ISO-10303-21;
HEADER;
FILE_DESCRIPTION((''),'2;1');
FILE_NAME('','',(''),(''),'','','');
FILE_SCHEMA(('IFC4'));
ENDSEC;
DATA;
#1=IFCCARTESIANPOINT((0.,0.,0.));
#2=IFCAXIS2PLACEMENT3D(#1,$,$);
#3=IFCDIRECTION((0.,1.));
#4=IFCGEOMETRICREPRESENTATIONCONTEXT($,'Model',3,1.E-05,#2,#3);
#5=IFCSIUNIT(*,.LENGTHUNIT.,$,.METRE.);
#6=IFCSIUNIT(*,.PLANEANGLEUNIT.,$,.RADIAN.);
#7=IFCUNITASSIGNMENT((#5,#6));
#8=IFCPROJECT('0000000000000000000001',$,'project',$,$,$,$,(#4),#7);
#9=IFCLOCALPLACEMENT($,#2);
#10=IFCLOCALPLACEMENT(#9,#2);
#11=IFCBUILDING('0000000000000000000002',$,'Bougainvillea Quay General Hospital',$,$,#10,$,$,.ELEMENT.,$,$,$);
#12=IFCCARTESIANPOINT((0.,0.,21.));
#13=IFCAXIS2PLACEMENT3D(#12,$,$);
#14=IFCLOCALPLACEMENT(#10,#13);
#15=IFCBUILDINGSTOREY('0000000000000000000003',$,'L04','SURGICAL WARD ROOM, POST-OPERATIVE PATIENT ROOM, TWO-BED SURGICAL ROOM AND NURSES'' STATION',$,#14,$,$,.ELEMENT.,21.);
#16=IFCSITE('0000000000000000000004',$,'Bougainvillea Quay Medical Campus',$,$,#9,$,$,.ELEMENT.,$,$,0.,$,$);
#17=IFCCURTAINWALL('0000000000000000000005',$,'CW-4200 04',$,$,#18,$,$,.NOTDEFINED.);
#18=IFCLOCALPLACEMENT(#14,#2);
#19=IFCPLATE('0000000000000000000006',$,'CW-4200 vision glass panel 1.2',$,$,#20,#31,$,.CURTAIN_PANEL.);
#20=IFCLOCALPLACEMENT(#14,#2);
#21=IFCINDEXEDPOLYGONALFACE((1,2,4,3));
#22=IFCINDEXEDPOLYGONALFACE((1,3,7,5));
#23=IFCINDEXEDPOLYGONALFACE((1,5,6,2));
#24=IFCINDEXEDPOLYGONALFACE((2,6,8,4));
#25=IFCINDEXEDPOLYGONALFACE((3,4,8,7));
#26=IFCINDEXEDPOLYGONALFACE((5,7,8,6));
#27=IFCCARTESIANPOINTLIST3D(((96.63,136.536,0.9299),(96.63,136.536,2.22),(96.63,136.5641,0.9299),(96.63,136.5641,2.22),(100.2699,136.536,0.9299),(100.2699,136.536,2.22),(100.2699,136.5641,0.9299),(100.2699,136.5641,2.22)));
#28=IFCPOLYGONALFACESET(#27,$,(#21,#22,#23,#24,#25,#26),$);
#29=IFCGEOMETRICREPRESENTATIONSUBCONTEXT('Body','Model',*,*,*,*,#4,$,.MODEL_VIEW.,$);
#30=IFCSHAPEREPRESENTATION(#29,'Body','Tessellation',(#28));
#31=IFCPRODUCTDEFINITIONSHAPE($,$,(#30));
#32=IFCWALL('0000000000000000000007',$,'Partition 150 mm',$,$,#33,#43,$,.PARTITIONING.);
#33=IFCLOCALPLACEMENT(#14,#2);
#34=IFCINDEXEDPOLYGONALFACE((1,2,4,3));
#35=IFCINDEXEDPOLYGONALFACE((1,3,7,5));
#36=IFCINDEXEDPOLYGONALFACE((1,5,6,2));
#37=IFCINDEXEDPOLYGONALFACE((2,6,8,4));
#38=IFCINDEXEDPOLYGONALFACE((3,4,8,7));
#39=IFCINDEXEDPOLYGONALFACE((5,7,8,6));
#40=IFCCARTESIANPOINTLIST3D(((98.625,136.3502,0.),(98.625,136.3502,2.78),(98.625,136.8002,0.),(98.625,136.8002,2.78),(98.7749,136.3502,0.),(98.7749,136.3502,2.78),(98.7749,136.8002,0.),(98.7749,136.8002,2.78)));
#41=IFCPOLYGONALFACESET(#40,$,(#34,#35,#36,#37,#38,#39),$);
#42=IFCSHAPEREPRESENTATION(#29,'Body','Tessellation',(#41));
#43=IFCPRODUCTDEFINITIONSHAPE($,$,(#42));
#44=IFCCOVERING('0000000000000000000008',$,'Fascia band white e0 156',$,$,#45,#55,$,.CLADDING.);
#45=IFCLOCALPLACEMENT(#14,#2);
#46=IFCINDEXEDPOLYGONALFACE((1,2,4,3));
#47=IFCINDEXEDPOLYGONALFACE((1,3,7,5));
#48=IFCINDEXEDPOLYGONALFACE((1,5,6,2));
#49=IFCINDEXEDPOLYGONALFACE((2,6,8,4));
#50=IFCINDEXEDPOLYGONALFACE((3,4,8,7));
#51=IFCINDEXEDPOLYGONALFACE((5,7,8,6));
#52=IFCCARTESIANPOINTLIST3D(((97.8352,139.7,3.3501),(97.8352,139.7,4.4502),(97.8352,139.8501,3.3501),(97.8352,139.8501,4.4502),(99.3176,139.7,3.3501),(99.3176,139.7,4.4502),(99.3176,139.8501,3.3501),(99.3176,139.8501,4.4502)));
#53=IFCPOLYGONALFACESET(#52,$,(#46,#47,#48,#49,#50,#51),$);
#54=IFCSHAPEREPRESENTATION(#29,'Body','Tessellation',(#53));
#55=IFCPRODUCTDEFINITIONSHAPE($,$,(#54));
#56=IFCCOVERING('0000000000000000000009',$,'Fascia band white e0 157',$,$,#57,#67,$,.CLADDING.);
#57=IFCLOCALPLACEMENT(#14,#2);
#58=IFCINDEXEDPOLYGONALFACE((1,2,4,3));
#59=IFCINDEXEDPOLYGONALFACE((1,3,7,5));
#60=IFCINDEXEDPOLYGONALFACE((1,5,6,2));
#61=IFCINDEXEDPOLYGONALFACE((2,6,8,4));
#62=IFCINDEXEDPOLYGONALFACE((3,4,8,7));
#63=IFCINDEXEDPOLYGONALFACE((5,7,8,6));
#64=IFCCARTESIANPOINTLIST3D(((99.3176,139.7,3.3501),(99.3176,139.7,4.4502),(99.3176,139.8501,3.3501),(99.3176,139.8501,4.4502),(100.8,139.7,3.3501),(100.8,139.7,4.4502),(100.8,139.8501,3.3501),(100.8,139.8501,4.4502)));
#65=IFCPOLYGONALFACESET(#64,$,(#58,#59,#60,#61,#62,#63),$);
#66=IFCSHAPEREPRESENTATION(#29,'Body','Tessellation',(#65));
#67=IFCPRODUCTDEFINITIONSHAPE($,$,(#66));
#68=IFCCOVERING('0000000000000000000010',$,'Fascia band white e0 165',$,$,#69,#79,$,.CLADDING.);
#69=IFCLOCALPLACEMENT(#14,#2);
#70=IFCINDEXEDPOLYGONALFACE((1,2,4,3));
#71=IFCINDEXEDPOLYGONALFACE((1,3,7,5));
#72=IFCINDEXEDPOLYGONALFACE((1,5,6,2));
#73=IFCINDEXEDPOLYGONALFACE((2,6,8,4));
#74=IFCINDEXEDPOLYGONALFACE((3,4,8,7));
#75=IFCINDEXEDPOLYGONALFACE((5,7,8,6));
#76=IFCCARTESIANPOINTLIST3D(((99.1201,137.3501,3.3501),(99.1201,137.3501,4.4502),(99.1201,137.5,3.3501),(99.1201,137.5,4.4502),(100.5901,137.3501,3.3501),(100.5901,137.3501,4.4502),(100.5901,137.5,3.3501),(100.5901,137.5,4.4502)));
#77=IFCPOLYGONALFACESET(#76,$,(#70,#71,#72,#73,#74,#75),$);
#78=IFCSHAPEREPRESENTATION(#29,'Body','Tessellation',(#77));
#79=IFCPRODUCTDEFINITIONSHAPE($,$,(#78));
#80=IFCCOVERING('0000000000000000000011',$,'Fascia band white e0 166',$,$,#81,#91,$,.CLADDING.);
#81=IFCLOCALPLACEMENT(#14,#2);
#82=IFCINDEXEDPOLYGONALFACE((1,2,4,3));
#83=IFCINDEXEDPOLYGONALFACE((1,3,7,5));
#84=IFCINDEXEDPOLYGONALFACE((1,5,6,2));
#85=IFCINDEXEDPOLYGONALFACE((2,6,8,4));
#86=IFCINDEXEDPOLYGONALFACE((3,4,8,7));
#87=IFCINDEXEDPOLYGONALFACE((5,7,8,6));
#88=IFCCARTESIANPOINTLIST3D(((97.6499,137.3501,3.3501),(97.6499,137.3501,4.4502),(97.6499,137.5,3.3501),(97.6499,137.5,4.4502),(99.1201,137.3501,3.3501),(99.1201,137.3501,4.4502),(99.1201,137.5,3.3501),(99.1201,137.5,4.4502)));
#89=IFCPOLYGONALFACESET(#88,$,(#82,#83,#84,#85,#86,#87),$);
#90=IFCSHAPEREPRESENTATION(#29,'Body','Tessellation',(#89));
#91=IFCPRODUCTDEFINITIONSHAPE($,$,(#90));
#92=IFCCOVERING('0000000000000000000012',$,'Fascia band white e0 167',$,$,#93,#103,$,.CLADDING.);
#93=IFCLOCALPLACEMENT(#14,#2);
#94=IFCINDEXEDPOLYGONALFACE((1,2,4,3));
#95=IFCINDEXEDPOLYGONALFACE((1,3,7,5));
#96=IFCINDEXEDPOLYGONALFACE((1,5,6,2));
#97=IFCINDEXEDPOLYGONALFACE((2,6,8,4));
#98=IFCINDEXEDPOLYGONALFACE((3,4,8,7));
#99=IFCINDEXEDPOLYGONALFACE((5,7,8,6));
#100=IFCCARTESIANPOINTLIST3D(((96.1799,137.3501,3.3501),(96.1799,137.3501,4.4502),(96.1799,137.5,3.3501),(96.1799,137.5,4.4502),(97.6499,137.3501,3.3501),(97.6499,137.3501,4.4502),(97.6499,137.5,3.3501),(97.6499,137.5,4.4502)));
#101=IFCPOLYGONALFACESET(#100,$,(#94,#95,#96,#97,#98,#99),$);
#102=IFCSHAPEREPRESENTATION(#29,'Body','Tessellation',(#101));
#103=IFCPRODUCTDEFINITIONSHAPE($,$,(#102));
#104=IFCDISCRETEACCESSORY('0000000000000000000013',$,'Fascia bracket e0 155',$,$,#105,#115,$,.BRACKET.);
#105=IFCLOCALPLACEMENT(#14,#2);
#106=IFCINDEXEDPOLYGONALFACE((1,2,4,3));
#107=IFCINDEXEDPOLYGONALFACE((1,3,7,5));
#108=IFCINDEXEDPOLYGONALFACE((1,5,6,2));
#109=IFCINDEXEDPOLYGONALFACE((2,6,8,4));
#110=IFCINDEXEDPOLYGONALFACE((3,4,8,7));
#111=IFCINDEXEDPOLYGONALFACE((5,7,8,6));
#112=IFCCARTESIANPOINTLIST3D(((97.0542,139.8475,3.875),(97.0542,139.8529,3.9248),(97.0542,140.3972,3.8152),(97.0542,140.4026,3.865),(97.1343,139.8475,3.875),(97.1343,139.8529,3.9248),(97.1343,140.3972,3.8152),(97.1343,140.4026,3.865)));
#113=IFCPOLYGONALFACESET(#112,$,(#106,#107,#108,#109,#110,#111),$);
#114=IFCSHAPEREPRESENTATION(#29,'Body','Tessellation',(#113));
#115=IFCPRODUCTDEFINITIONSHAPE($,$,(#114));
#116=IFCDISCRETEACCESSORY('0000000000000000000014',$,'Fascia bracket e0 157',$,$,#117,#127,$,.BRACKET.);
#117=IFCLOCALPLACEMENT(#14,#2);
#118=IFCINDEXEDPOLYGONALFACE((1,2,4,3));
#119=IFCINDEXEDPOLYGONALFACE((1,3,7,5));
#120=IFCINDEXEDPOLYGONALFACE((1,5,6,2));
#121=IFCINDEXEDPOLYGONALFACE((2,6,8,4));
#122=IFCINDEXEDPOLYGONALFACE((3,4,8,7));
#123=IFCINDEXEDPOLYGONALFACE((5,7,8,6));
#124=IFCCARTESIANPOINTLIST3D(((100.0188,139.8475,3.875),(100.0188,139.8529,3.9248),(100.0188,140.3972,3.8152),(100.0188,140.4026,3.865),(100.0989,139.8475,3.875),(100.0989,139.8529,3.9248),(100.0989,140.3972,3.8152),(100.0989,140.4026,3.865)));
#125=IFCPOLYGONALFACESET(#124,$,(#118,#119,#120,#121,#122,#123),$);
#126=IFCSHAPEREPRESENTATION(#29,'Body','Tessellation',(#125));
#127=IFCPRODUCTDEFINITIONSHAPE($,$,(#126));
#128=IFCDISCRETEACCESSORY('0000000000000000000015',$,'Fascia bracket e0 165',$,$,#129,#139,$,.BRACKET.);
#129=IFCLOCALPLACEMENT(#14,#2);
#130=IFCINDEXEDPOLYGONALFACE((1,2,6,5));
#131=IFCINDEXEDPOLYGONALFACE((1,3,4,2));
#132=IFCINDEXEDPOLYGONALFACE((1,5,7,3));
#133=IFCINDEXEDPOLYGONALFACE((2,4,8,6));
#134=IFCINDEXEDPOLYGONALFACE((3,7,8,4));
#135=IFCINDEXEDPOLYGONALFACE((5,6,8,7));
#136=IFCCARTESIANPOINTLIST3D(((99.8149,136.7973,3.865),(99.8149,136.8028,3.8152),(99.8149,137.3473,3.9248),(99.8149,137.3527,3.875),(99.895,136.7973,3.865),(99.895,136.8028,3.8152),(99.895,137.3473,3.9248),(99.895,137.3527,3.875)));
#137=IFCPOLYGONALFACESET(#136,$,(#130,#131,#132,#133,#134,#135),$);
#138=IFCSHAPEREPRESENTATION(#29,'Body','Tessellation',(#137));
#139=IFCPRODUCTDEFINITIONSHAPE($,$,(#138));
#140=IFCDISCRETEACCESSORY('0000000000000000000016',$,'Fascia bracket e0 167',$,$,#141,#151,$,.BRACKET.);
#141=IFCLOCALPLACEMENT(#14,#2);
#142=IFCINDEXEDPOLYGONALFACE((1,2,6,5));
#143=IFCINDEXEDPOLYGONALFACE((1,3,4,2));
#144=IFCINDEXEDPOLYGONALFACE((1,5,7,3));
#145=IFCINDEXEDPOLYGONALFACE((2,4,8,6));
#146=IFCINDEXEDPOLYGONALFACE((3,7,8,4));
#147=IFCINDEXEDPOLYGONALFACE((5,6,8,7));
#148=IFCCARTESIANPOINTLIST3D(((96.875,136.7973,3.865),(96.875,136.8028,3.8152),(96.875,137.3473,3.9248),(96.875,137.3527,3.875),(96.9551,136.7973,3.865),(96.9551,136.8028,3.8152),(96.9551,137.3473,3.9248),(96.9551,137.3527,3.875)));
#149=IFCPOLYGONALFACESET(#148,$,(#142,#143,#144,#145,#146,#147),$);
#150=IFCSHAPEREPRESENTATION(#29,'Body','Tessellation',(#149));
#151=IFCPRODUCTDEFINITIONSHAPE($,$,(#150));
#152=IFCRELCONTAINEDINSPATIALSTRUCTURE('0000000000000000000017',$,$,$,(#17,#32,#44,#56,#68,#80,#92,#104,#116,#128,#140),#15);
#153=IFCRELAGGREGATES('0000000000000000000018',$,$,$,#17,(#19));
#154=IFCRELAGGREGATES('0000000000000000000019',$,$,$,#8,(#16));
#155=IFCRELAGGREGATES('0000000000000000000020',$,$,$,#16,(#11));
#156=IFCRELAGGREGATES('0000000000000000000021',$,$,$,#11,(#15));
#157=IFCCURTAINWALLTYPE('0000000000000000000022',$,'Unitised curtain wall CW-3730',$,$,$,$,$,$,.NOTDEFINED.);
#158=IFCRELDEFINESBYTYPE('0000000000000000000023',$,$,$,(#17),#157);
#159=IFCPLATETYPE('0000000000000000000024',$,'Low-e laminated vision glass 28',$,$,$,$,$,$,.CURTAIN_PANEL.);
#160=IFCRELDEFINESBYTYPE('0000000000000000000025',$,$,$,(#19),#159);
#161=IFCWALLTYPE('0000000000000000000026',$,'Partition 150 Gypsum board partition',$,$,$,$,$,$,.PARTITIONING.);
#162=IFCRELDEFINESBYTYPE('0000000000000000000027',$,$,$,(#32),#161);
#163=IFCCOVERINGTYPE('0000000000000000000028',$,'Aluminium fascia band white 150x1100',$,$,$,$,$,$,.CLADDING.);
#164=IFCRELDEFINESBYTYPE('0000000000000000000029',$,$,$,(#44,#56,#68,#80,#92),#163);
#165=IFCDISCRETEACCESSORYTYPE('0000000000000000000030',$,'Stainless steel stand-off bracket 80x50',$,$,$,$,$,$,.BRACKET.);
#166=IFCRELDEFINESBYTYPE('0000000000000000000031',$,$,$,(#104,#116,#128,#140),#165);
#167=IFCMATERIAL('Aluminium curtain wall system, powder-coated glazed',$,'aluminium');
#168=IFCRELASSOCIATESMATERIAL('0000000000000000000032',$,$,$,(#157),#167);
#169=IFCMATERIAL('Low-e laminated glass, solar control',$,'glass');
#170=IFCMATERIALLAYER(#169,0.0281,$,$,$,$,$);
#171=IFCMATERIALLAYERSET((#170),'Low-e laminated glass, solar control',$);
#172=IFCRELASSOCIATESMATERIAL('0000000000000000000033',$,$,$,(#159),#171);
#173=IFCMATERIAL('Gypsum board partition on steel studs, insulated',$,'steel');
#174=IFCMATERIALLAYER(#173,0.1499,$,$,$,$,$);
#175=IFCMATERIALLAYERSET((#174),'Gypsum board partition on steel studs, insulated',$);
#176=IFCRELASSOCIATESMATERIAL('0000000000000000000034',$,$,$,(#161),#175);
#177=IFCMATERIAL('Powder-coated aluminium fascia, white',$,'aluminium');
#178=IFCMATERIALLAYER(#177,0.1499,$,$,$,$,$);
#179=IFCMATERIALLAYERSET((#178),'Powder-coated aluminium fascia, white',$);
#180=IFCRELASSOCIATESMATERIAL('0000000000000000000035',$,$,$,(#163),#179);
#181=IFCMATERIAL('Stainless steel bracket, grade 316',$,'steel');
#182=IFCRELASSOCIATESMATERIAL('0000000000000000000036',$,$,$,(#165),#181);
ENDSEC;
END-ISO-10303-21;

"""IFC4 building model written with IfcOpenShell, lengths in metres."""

from ifc_helpers import new_model, si_unit, direction, frame, frame_2d, origin, origin_2d, place, context, subcontext, project, spatial, polyline, rectangle, outline, extrude, material, layer, layer_set, material_profile, profile_set, type_object, element, aggregate, save


model = new_model("IFC4")

# Units and contexts
model_context = context("Model", 3, precision=1e-05, world=origin(), true_north=direction((0.0, 1.0)))
body_context = subcontext(model_context, "Body", "Model", "MODEL_VIEW")
ifc_project = project(units=[si_unit("LENGTHUNIT", "METRE"), si_unit("PLANEANGLEUNIT", "RADIAN")], contexts=[model_context])

# Site, building, storey
site_placement = place(None, origin())
site = spatial("IfcSite", under=ifc_project, at=site_placement, Name="Bougainvillea Quay Medical Campus", CompositionType="ELEMENT", RefElevation=0.0)
building_placement = place(site_placement, origin())
building = spatial("IfcBuilding", under=site, at=building_placement, Name="Bougainvillea Quay General Hospital", CompositionType="ELEMENT")
storey_placement = place(building_placement, frame((0.0, 0.0, 21.0)))
storey = spatial("IfcBuildingStorey", under=building, at=storey_placement, Name="L04", Description="SURGICAL WARD ROOM, POST-OPERATIVE PATIENT ROOM, TWO-BED SURGICAL ROOM AND NURSES' STATION", CompositionType="ELEMENT", Elevation=21.0)

# Curtain wall
ifc_material_1 = material(Name="Aluminium curtain wall system, powder-coated glazed", Category="aluminium")
curtain_wall_type = type_object("IfcCurtainWallType", Name="Unitised curtain wall CW-3730", PredefinedType="NOTDEFINED", material=ifc_material_1)
curtain_wall_placement = place(storey_placement, origin())
curtain_wall = element("IfcCurtainWall", 1, at=curtain_wall_placement, inside=storey, type_object=curtain_wall_type, Name="CW-4200 04", PredefinedType="NOTDEFINED")

# Plate
ifc_material_2 = material(Name="Low-e laminated glass, solar control", Category="glass")
ifc_layer_1 = layer(ifc_material_2, 0.0281)
ifc_layer_set_1 = layer_set([ifc_layer_1], Name="Low-e laminated glass, solar control")
plate_type_1 = type_object("IfcPlateType", Name="Low-e laminated vision glass 28", PredefinedType="CURTAIN_PANEL", material=ifc_layer_set_1)
plate_1_placement = place(storey_placement, frame((98.45, 136.55, 0.9299), z_axis=(0.0, 0.0, 1.0), x_axis=(-1.0, 0.0, 0.0)))
plate_1 = element("IfcPlate", 2, at=plate_1_placement, type_object=plate_type_1, Name="CW-4200 vision glass panel 1.2", PredefinedType="CURTAIN_PANEL", context=body_context, shape_type="SweptSolid", body=[
    extrude(rectangle(XDim=3.6399, YDim=0.0281, at=origin_2d()), origin(), (0.0, 0.0, 1.0), 1.29),
])
aggregate(curtain_wall, [plate_1])

# Wall
ifc_material_3 = material(Name="Gypsum board partition on steel studs, insulated", Category="steel")
ifc_layer_2 = layer(ifc_material_3, 0.1499)
ifc_layer_set_2 = layer_set([ifc_layer_2], Name="Gypsum board partition on steel studs, insulated")
wall_type = type_object("IfcWallType", Name="Partition 150 Gypsum board partition", PredefinedType="PARTITIONING", material=ifc_layer_set_2)
wall_placement = place(storey_placement, frame((98.7, 136.3501, 0.0), z_axis=(0.0, 0.0, 1.0), x_axis=(0.0, 1.0, 0.0)))
element("IfcWall", 3, at=wall_placement, inside=storey, type_object=wall_type, Name="Partition 150 mm", PredefinedType="PARTITIONING", context=body_context, shape_type="SweptSolid", body=[
    extrude(rectangle(XDim=0.45, YDim=0.1499, at=frame_2d((0.2251, 0.0))), origin(), (0.0, 0.0, 1.0), 2.78),
])

# Coverings
ifc_material_4 = material(Name="Powder-coated aluminium fascia, white", Category="aluminium")
ifc_layer_3 = layer(ifc_material_4, 0.1499)
ifc_layer_set_3 = layer_set([ifc_layer_3], Name="Powder-coated aluminium fascia, white")
covering_type = type_object("IfcCoveringType", Name="Aluminium fascia band white 150x1100", PredefinedType="CLADDING", material=ifc_layer_set_3)
for number, where, z_axis, x_axis, name in (
    (4, (97.8352, 139.8501, 3.3501), (0.0, 0.0, 1.0), (1.0, 0.0, 0.0), "Fascia band white e0 156"),
    (5, (99.3176, 139.8501, 3.3501), (0.0, 0.0, 1.0), (1.0, 0.0, 0.0), "Fascia band white e0 157"),
):
    element("IfcCovering", number, at=place(storey_placement, frame(where, z_axis=z_axis, x_axis=x_axis)), inside=storey, type_object=covering_type, Name=name, PredefinedType="CLADDING", context=body_context, shape_type="SweptSolid", body=[
        extrude(outline(polyline([(0.0, 0.0), (1.4824, 0.0), (1.4824, -0.1501), (0.0, -0.1501), (0.0, 0.0)])), origin(), (0.0, 0.0, 1.0), 1.1001),
    ])
covering_1_placement = place(storey_placement, frame((100.5901, 137.3501, 3.3501), z_axis=(0.0, 0.0, 1.0), x_axis=(-1.0, 0.0, 0.0)))
element("IfcCovering", 6, at=covering_1_placement, inside=storey, type_object=covering_type, Name="Fascia band white e0 165", PredefinedType="CLADDING", context=body_context, shape_type="SweptSolid", body=[
    extrude(outline(polyline([(0.0, 0.0), (1.47, 0.0), (1.47, -0.1499), (0.0, -0.1499), (0.0, 0.0)])), origin(), (0.0, 0.0, 1.0), 1.1001),
])
covering_2_placement = place(storey_placement, frame((99.1201, 137.3501, 3.3501), z_axis=(0.0, 0.0, 1.0), x_axis=(-1.0, 0.0, 0.0)))
element("IfcCovering", 7, at=covering_2_placement, inside=storey, type_object=covering_type, Name="Fascia band white e0 166", PredefinedType="CLADDING", context=body_context, shape_type="SweptSolid", body=[
    extrude(outline(polyline([(0.0, 0.0), (1.4702, 0.0), (1.4702, -0.1499), (0.0, -0.1499), (0.0, 0.0)])), origin(), (0.0, 0.0, 1.0), 1.1001),
])
covering_3_placement = place(storey_placement, frame((97.6499, 137.3501, 3.3501), z_axis=(0.0, 0.0, 1.0), x_axis=(-1.0, 0.0, 0.0)))
element("IfcCovering", 8, at=covering_3_placement, inside=storey, type_object=covering_type, Name="Fascia band white e0 167", PredefinedType="CLADDING", context=body_context, shape_type="SweptSolid", body=[
    extrude(outline(polyline([(0.0, 0.0), (1.47, 0.0), (1.47, -0.1499), (0.0, -0.1499), (0.0, 0.0)])), origin(), (0.0, 0.0, 1.0), 1.1001),
])

# Discrete accessories
ifc_material_5 = material(Name="Stainless steel bracket, grade 316", Category="steel")
ifc_material_profile_1 = material_profile(ifc_material_5, rectangle(XDim=0.0801, YDim=0.05, at=origin_2d()))
ifc_profile_set_1 = profile_set([ifc_material_profile_1], Name="Stainless steel bracket, grade 316")
discrete_accessory_type = type_object("IfcDiscreteAccessoryType", Name="Stainless steel stand-off bracket 80x50", PredefinedType="BRACKET", material=ifc_profile_set_1)
for number, where, z_axis, x_axis, name in (
    (9, (97.0942, 140.3999, 3.8401), (0.0, -0.994134, 0.108154), (1.0, 0.0, 0.0), "Fascia bracket e0 155"),
    (10, (100.0588, 140.3999, 3.8401), (0.0, -0.994134, 0.108154), (1.0, 0.0, 0.0), "Fascia bracket e0 157"),
):
    element("IfcDiscreteAccessory", number, at=place(storey_placement, frame(where, z_axis=z_axis, x_axis=x_axis)), inside=storey, type_object=discrete_accessory_type, Name=name, PredefinedType="BRACKET", context=body_context, shape_type="SweptSolid", body=[
        extrude(rectangle(XDim=0.0801, YDim=0.05, at=origin_2d()), origin(), (0.0, 0.0, 1.0), 0.553),
    ])
for number, where, z_axis, x_axis, name in (
    (11, (99.855, 136.8, 3.8401), (0.0, 0.994139, 0.108107), (-1.0, 0.0, 0.0), "Fascia bracket e0 165"),
    (12, (96.915, 136.8, 3.8401), (0.0, 0.994139, 0.108107), (-1.0, 0.0, 0.0), "Fascia bracket e0 167"),
):
    element("IfcDiscreteAccessory", number, at=place(storey_placement, frame(where, z_axis=z_axis, x_axis=x_axis)), inside=storey, type_object=discrete_accessory_type, Name=name, PredefinedType="BRACKET", context=body_context, shape_type="SweptSolid", body=[
        extrude(rectangle(XDim=0.0801, YDim=0.05, at=origin_2d()), origin(), (0.0, 0.0, 1.0), 0.5532),
    ])

save(model, "model.ifc")
